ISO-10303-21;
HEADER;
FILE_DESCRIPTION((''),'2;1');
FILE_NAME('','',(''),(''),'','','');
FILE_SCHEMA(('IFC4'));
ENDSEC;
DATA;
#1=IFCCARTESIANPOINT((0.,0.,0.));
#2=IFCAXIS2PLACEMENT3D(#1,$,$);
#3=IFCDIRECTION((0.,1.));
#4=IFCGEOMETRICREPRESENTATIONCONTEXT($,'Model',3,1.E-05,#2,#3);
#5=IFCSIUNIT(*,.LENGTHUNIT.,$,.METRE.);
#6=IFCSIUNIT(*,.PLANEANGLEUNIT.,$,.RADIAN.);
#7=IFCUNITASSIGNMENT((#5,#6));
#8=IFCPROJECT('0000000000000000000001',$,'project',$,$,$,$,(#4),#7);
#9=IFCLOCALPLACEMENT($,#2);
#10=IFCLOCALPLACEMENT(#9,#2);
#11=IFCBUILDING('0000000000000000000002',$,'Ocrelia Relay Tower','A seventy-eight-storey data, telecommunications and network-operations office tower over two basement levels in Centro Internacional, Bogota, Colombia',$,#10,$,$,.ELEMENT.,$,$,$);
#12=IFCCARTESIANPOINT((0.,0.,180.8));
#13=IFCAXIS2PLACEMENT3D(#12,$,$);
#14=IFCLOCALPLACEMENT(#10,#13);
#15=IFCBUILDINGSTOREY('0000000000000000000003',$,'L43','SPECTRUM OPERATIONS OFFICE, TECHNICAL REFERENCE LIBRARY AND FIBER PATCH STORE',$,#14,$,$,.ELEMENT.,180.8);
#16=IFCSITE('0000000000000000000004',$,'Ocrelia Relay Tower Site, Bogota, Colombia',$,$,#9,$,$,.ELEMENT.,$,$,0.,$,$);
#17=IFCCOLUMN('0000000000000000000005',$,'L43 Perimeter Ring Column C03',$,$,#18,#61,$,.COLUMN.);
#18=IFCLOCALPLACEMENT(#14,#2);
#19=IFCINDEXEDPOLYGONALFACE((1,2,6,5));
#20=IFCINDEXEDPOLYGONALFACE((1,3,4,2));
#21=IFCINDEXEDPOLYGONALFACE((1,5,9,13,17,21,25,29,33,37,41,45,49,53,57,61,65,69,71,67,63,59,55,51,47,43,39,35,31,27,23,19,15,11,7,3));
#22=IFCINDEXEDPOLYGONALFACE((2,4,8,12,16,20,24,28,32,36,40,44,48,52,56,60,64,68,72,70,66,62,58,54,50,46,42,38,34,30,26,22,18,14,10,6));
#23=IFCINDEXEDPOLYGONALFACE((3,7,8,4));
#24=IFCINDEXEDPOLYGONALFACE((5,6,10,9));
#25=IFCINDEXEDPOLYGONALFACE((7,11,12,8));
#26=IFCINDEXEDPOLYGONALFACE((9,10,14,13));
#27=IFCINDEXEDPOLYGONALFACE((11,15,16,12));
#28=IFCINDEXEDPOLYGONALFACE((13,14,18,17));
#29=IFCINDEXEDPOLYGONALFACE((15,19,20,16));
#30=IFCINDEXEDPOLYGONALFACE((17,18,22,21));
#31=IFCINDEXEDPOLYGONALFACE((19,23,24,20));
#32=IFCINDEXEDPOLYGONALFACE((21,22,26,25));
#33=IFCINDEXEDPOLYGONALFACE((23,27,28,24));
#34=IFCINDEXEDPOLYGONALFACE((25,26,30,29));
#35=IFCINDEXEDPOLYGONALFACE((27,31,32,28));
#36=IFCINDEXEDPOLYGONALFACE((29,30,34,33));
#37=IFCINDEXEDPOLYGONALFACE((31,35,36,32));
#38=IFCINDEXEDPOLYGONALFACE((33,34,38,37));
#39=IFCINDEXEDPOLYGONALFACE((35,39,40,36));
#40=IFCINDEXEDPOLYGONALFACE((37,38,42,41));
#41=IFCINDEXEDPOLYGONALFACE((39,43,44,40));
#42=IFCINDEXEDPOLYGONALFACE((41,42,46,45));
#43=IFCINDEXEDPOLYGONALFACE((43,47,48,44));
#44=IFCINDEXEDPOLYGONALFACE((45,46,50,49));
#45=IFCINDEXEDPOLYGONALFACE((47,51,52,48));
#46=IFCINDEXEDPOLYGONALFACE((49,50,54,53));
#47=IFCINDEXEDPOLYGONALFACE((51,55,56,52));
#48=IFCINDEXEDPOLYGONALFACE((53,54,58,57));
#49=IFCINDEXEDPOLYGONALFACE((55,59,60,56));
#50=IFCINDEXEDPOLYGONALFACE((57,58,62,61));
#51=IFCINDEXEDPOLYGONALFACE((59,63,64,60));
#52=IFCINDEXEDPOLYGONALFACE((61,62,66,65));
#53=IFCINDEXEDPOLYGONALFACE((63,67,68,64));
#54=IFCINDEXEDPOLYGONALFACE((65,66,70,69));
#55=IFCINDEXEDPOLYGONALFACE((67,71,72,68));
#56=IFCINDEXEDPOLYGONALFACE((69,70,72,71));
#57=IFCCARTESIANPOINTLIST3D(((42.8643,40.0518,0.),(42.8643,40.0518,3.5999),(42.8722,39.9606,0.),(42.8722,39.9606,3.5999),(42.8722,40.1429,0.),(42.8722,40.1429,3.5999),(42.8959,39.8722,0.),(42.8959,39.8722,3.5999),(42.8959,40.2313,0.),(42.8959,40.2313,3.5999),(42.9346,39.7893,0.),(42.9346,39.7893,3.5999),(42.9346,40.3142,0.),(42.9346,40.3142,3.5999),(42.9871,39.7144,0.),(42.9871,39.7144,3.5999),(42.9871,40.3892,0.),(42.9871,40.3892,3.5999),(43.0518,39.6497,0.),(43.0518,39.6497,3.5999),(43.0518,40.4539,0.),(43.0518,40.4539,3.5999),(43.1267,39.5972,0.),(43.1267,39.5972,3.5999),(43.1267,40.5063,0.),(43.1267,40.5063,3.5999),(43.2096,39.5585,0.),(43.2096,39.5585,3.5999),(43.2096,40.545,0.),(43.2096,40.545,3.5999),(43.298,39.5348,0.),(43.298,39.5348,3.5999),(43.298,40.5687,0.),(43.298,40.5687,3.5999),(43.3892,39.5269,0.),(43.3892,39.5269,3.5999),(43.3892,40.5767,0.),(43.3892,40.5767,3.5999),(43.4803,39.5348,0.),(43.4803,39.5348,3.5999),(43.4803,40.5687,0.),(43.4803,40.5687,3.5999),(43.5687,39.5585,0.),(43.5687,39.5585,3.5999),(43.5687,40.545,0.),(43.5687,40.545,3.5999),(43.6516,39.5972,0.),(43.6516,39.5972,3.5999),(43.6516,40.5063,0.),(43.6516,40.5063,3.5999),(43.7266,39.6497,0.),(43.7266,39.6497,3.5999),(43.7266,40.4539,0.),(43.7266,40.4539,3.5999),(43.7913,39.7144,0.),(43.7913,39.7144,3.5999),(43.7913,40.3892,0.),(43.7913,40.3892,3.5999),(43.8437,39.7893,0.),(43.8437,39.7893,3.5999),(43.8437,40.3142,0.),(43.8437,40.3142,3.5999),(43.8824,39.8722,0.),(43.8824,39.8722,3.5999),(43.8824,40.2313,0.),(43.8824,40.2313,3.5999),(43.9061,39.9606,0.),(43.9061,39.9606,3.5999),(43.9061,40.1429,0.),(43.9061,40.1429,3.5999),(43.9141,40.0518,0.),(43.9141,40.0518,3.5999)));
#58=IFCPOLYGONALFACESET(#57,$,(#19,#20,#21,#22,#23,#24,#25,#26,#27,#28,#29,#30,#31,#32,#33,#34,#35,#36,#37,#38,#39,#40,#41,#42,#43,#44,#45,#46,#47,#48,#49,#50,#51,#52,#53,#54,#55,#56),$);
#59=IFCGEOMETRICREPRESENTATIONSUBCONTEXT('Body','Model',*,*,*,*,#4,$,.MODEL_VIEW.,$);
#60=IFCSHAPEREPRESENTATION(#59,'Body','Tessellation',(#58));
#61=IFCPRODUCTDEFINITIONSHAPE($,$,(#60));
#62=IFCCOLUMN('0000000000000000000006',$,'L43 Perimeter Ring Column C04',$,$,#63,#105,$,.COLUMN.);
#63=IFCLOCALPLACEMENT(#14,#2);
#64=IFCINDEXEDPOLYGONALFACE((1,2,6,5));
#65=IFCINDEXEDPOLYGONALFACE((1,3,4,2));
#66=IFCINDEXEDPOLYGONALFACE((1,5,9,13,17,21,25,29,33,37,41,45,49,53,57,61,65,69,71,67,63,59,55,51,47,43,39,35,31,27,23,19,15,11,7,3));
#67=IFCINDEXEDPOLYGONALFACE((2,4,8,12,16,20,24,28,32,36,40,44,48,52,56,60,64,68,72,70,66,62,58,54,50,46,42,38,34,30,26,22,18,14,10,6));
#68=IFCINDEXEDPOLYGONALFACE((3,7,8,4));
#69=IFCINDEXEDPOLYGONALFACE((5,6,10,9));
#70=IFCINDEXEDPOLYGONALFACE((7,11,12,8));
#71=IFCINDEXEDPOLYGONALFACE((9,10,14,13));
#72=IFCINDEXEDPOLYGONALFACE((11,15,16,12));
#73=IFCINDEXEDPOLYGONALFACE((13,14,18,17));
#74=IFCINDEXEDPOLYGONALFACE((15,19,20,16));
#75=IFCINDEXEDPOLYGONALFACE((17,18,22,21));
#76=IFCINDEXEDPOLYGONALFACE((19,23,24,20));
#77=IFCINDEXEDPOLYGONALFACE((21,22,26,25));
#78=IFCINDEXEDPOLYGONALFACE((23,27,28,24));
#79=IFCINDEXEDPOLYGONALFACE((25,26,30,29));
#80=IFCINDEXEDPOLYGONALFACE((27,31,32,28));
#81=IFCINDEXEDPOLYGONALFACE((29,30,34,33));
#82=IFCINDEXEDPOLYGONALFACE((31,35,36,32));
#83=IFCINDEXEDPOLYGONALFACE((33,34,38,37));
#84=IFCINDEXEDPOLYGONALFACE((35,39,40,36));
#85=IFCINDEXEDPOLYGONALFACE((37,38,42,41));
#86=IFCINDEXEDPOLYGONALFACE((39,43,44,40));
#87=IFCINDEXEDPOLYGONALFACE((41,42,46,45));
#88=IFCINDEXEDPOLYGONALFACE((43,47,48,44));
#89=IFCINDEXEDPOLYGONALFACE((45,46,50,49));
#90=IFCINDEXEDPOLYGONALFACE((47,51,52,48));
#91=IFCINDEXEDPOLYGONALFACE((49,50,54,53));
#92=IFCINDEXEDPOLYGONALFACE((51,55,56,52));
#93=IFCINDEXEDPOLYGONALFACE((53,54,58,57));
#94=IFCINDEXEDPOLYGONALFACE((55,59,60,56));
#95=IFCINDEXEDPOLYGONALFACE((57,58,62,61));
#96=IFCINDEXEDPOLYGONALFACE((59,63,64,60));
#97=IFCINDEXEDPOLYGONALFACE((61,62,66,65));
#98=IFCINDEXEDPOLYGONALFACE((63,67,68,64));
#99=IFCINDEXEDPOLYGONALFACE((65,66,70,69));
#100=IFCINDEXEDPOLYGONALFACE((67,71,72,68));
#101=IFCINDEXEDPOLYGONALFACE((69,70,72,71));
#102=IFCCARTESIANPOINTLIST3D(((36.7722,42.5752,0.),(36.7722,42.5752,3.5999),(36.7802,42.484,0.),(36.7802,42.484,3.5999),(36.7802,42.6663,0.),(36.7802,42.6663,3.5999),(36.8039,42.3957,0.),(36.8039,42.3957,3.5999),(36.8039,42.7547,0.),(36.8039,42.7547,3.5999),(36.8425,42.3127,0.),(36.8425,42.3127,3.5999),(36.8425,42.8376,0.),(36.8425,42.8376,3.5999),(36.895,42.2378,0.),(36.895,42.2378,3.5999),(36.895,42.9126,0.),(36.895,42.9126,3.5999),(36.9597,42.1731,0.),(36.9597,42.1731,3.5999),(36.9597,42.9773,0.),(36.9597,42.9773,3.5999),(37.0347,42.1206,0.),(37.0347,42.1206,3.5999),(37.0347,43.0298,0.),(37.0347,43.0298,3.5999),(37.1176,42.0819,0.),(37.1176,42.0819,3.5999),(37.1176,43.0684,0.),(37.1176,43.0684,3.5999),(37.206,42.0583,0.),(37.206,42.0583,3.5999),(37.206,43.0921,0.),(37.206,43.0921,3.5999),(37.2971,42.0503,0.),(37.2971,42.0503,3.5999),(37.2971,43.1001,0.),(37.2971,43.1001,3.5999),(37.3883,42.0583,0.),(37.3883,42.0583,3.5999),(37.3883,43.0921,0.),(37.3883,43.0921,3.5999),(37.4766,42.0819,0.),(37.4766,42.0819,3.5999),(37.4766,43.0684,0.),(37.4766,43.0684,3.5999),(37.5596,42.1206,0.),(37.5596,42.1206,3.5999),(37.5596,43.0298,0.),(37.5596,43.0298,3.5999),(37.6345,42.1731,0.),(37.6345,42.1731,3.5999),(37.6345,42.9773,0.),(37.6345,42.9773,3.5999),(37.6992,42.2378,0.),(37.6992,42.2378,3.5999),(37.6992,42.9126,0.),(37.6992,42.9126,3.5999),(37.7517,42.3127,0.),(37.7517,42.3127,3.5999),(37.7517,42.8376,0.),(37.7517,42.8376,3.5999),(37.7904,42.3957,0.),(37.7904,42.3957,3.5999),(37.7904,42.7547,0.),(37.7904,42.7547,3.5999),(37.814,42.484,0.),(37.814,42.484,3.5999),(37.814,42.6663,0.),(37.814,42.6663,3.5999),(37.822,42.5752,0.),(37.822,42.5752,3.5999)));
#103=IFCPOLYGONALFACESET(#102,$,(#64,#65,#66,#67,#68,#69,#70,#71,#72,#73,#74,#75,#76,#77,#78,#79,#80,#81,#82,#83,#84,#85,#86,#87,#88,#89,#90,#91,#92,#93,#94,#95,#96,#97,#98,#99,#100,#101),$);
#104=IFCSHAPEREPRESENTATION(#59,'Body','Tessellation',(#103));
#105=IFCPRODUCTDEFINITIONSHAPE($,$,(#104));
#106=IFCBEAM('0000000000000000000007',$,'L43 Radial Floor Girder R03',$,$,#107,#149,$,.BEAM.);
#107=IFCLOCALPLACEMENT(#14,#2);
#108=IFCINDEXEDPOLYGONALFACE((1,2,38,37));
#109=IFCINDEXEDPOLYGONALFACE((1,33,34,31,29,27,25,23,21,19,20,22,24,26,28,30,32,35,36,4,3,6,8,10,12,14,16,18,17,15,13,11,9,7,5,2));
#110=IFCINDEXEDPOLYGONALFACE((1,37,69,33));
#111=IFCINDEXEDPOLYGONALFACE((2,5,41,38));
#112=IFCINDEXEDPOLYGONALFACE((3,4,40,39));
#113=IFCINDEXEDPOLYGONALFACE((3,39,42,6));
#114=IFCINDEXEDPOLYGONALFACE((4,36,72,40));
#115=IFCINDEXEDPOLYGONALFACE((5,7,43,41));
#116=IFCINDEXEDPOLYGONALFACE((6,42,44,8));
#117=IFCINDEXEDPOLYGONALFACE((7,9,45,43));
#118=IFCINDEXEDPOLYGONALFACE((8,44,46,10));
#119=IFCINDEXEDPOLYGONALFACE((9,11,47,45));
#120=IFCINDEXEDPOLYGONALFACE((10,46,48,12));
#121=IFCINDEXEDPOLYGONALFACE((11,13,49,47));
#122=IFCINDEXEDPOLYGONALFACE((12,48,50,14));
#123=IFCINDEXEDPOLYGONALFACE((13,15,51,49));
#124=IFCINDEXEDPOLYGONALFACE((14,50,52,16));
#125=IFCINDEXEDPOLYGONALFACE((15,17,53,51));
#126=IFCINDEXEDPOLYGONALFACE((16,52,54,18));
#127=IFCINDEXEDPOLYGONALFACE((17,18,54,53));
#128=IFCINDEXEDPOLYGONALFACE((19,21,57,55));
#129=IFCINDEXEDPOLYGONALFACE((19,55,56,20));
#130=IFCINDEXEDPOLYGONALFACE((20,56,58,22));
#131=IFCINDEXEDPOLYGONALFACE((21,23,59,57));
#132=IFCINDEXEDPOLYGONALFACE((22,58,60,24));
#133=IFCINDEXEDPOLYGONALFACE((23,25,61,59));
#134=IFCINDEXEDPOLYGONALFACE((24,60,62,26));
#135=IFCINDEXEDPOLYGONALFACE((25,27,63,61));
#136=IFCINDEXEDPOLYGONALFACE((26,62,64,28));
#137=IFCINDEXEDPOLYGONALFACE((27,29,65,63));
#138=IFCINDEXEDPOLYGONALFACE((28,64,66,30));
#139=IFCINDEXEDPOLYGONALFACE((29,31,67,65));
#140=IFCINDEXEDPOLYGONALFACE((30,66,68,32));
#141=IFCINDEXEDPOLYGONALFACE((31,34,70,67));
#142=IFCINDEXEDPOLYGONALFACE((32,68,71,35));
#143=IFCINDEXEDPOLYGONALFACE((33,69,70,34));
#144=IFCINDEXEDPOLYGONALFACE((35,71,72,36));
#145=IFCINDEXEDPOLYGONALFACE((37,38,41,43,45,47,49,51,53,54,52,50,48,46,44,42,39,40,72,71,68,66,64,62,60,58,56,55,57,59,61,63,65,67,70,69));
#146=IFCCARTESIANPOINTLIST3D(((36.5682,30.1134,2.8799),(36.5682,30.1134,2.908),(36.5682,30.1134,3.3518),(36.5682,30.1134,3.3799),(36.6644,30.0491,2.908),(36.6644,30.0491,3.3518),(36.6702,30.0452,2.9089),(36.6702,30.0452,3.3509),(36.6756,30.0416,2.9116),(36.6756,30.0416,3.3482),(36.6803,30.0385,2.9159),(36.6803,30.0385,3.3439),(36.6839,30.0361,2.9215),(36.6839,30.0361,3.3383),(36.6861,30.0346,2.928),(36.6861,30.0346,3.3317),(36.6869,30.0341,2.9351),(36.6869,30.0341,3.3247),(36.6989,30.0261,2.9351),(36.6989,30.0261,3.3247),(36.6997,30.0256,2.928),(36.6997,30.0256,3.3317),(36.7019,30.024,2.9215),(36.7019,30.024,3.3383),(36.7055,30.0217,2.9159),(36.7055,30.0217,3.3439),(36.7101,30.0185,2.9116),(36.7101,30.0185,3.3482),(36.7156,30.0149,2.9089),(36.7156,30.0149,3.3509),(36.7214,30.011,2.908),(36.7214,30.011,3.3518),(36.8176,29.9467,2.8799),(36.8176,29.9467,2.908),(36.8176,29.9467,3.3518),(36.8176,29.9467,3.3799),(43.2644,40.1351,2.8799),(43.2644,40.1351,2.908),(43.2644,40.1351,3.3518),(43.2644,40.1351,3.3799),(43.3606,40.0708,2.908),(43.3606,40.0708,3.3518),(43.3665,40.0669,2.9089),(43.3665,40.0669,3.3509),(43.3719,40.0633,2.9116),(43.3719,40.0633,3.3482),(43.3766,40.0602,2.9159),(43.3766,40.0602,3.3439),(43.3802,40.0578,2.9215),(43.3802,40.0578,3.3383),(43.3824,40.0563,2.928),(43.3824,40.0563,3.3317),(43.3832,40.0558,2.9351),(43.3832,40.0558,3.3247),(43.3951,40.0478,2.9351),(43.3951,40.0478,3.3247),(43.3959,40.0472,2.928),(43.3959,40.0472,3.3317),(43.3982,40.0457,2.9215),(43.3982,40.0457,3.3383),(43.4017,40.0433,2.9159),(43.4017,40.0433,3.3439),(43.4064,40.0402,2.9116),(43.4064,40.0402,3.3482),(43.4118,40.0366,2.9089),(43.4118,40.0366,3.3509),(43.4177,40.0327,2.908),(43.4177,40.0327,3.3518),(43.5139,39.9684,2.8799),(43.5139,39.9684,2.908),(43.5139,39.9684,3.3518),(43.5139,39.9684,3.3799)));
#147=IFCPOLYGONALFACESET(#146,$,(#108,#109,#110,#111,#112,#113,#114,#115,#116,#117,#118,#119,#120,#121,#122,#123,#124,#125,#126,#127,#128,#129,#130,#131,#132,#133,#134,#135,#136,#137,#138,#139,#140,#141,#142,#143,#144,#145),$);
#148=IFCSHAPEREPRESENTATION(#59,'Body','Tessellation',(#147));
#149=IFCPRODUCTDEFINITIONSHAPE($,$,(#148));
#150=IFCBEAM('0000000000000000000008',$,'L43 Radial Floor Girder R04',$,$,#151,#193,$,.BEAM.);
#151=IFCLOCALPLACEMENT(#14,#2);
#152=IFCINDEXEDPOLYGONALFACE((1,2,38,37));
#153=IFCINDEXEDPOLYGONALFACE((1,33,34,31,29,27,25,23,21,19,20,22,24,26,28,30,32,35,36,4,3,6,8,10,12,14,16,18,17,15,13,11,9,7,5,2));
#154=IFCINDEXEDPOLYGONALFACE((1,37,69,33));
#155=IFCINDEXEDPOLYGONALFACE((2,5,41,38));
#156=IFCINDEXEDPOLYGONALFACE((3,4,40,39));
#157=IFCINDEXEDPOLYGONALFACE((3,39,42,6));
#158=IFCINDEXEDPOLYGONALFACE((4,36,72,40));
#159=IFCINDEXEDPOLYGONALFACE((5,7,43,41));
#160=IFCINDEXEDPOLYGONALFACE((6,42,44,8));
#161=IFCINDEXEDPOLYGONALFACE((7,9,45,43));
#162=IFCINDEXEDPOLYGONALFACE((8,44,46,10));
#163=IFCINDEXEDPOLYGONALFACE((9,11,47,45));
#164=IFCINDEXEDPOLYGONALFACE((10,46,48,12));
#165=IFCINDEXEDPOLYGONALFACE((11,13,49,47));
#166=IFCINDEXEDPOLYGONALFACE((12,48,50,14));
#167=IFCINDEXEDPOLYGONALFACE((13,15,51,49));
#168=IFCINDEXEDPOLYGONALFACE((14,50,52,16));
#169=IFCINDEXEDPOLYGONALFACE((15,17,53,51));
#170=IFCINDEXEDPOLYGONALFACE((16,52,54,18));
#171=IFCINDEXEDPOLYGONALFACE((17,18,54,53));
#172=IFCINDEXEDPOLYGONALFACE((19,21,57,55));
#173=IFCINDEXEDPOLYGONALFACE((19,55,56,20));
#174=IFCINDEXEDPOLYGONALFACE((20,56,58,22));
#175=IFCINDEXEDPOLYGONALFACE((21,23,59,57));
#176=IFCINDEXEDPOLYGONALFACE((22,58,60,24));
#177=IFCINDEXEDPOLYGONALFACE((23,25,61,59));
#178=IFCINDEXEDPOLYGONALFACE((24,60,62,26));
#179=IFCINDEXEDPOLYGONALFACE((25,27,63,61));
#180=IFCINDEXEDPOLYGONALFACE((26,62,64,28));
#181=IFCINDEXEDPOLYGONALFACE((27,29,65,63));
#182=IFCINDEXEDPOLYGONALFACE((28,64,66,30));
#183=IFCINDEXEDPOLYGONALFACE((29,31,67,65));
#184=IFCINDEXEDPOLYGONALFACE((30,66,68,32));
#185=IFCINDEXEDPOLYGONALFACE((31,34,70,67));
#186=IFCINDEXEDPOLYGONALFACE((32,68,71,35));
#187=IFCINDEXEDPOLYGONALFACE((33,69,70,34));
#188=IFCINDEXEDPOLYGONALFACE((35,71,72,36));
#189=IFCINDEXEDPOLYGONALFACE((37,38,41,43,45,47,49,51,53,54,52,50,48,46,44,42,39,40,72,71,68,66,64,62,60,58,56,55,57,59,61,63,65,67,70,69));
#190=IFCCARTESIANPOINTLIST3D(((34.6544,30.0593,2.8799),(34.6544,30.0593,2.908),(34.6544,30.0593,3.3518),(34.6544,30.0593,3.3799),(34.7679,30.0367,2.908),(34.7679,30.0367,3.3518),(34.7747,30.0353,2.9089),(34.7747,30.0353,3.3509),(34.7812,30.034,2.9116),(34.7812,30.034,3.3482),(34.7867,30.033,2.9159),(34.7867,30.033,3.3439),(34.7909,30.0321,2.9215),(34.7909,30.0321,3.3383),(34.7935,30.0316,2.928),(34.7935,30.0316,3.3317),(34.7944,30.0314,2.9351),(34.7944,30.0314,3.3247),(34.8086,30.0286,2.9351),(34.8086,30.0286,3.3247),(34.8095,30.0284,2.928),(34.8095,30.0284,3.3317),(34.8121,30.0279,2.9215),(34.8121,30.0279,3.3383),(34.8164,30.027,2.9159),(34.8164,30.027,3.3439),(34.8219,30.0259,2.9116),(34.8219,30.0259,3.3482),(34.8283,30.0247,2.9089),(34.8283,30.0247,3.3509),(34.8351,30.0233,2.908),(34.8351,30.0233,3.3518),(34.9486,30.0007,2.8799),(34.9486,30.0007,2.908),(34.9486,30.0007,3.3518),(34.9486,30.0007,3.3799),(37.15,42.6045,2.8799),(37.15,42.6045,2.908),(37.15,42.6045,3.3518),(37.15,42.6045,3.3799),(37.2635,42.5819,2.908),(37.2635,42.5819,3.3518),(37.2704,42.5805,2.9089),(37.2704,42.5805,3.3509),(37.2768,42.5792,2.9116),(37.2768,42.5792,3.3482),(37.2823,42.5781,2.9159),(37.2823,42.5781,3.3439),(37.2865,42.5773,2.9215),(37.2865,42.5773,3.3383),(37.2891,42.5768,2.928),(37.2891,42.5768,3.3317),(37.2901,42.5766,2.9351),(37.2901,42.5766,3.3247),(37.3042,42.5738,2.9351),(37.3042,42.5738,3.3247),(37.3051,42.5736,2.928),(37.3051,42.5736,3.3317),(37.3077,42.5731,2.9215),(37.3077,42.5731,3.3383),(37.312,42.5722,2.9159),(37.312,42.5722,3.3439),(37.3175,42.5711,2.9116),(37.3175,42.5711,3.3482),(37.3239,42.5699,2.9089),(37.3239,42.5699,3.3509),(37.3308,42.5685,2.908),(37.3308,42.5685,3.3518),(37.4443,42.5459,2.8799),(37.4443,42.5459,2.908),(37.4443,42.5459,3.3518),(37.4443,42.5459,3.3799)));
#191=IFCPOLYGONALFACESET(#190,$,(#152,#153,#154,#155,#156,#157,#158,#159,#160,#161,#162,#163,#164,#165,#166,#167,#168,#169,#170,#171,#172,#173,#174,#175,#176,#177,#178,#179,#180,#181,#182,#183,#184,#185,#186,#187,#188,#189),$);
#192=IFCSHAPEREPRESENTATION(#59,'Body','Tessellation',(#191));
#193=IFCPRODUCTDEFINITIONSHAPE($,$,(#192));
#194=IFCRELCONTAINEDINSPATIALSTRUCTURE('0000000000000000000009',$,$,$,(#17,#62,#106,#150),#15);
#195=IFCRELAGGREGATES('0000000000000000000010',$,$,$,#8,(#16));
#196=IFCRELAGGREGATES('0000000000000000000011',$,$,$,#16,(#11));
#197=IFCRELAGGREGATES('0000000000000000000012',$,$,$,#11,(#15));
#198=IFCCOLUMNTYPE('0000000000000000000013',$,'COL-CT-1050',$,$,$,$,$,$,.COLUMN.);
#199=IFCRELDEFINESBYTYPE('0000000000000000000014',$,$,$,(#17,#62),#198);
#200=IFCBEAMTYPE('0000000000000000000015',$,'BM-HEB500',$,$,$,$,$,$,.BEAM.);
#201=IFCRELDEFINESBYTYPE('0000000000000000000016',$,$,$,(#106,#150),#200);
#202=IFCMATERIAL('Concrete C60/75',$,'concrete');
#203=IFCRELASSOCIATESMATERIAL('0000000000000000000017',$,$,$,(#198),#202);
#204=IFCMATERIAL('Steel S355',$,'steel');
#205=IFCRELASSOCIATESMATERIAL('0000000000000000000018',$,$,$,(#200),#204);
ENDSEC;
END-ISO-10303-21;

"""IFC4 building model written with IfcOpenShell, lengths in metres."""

from ifc_helpers import new_model, si_unit, direction, frame, origin, origin_2d, place, context, subcontext, project, spatial, circle, i_section, extrude, material, material_profile, profile_set, type_object, element, save


model = new_model("IFC4")

# Units and contexts
model_context = context("Model", 3, precision=1e-05, world=origin(), true_north=direction((0.0, 1.0)))
body_context = subcontext(model_context, "Body", "Model", "MODEL_VIEW")
ifc_project = project(units=[si_unit("LENGTHUNIT", "METRE"), si_unit("PLANEANGLEUNIT", "RADIAN")], contexts=[model_context])

# Site, building, storey
site_placement = place(None, origin())
site = spatial("IfcSite", under=ifc_project, at=site_placement, Name="Ocrelia Relay Tower Site, Bogota, Colombia", CompositionType="ELEMENT", RefElevation=0.0)
building_placement = place(site_placement, origin())
building = spatial("IfcBuilding", under=site, at=building_placement, Name="Ocrelia Relay Tower", Description="A seventy-eight-storey data, telecommunications and network-operations office tower over two basement levels in Centro Internacional, Bogota, Colombia", CompositionType="ELEMENT")
storey_placement = place(building_placement, frame((0.0, 0.0, 180.8)))
storey = spatial("IfcBuildingStorey", under=building, at=storey_placement, Name="L43", Description="SPECTRUM OPERATIONS OFFICE, TECHNICAL REFERENCE LIBRARY AND FIBER PATCH STORE", CompositionType="ELEMENT", Elevation=180.8)

# Columns
ifc_material_1 = material(Name="Concrete C60/75", Category="concrete")
ifc_material_profile_1 = material_profile(ifc_material_1, circle(Radius=0.5249, at=origin_2d()), Name="RC-CIR-1050")
ifc_profile_set_1 = profile_set([ifc_material_profile_1], Name="Concrete C60/75")
column_type = type_object("IfcColumnType", Name="COL-CT-1050", PredefinedType="COLUMN", material=ifc_profile_set_1)
for number, where, z_axis, x_axis, name in (
    (1, (43.3892, 40.0518, 0.0), (0.0, 0.0, 1.0), (1.0, 0.0, 0.0), "L43 Perimeter Ring Column C03"),
    (2, (37.2971, 42.5752, 0.0), (0.0, 0.0, 1.0), (1.0, 0.0, 0.0), "L43 Perimeter Ring Column C04"),
):
    element("IfcColumn", number, at=place(storey_placement, frame(where, z_axis=z_axis, x_axis=x_axis)), inside=storey, type_object=column_type, Name=name, PredefinedType="COLUMN", context=body_context, shape_type="SweptSolid", body=[
        extrude(circle(Radius=0.5249, at=origin_2d()), origin(), (0.0, 0.0, 1.0), 3.5999),
    ])

# Beams
ifc_material_2 = material(Name="Steel S355", Category="steel")
ifc_material_profile_2 = material_profile(ifc_material_2, i_section(OverallWidth=0.3, OverallDepth=0.5, WebThickness=0.0144, FlangeThickness=0.0281, FilletRadius=0.0271, at=origin_2d()), Name="HEB 500")
ifc_profile_set_2 = profile_set([ifc_material_profile_2], Name="Steel S355")
beam_type_1 = type_object("IfcBeamType", Name="BM-HEB500", PredefinedType="BEAM", material=ifc_profile_set_2)
beam_1_placement = place(storey_placement, frame((43.3892, 40.0518, 3.1299), z_axis=(-0.555569, -0.83147, 0.0), x_axis=(0.83147, -0.555569, 0.0)))
element("IfcBeam", 3, at=beam_1_placement, inside=storey, type_object=beam_type_1, Name="L43 Radial Floor Girder R03", PredefinedType="BEAM", context=body_context, shape_type="SweptSolid", body=[
    extrude(i_section(OverallWidth=0.3, OverallDepth=0.5, WebThickness=0.0144, FlangeThickness=0.0281, FilletRadius=0.0271, at=origin_2d()), origin(), (0.0, 0.0, 1.0), 12.053),
])
beam_2_placement = place(storey_placement, frame((37.2971, 42.5752, 3.1299), z_axis=(-0.195107, -0.980782, 0.0), x_axis=(0.980782, -0.195107, 0.0)))
element("IfcBeam", 4, at=beam_2_placement, inside=storey, type_object=beam_type_1, Name="L43 Radial Floor Girder R04", PredefinedType="BEAM", context=body_context, shape_type="SweptSolid", body=[
    extrude(i_section(OverallWidth=0.3, OverallDepth=0.5, WebThickness=0.0144, FlangeThickness=0.0281, FilletRadius=0.0271, at=origin_2d()), origin(), (0.0, 0.0, 1.0), 12.791),
])

save(model, "model.ifc")
